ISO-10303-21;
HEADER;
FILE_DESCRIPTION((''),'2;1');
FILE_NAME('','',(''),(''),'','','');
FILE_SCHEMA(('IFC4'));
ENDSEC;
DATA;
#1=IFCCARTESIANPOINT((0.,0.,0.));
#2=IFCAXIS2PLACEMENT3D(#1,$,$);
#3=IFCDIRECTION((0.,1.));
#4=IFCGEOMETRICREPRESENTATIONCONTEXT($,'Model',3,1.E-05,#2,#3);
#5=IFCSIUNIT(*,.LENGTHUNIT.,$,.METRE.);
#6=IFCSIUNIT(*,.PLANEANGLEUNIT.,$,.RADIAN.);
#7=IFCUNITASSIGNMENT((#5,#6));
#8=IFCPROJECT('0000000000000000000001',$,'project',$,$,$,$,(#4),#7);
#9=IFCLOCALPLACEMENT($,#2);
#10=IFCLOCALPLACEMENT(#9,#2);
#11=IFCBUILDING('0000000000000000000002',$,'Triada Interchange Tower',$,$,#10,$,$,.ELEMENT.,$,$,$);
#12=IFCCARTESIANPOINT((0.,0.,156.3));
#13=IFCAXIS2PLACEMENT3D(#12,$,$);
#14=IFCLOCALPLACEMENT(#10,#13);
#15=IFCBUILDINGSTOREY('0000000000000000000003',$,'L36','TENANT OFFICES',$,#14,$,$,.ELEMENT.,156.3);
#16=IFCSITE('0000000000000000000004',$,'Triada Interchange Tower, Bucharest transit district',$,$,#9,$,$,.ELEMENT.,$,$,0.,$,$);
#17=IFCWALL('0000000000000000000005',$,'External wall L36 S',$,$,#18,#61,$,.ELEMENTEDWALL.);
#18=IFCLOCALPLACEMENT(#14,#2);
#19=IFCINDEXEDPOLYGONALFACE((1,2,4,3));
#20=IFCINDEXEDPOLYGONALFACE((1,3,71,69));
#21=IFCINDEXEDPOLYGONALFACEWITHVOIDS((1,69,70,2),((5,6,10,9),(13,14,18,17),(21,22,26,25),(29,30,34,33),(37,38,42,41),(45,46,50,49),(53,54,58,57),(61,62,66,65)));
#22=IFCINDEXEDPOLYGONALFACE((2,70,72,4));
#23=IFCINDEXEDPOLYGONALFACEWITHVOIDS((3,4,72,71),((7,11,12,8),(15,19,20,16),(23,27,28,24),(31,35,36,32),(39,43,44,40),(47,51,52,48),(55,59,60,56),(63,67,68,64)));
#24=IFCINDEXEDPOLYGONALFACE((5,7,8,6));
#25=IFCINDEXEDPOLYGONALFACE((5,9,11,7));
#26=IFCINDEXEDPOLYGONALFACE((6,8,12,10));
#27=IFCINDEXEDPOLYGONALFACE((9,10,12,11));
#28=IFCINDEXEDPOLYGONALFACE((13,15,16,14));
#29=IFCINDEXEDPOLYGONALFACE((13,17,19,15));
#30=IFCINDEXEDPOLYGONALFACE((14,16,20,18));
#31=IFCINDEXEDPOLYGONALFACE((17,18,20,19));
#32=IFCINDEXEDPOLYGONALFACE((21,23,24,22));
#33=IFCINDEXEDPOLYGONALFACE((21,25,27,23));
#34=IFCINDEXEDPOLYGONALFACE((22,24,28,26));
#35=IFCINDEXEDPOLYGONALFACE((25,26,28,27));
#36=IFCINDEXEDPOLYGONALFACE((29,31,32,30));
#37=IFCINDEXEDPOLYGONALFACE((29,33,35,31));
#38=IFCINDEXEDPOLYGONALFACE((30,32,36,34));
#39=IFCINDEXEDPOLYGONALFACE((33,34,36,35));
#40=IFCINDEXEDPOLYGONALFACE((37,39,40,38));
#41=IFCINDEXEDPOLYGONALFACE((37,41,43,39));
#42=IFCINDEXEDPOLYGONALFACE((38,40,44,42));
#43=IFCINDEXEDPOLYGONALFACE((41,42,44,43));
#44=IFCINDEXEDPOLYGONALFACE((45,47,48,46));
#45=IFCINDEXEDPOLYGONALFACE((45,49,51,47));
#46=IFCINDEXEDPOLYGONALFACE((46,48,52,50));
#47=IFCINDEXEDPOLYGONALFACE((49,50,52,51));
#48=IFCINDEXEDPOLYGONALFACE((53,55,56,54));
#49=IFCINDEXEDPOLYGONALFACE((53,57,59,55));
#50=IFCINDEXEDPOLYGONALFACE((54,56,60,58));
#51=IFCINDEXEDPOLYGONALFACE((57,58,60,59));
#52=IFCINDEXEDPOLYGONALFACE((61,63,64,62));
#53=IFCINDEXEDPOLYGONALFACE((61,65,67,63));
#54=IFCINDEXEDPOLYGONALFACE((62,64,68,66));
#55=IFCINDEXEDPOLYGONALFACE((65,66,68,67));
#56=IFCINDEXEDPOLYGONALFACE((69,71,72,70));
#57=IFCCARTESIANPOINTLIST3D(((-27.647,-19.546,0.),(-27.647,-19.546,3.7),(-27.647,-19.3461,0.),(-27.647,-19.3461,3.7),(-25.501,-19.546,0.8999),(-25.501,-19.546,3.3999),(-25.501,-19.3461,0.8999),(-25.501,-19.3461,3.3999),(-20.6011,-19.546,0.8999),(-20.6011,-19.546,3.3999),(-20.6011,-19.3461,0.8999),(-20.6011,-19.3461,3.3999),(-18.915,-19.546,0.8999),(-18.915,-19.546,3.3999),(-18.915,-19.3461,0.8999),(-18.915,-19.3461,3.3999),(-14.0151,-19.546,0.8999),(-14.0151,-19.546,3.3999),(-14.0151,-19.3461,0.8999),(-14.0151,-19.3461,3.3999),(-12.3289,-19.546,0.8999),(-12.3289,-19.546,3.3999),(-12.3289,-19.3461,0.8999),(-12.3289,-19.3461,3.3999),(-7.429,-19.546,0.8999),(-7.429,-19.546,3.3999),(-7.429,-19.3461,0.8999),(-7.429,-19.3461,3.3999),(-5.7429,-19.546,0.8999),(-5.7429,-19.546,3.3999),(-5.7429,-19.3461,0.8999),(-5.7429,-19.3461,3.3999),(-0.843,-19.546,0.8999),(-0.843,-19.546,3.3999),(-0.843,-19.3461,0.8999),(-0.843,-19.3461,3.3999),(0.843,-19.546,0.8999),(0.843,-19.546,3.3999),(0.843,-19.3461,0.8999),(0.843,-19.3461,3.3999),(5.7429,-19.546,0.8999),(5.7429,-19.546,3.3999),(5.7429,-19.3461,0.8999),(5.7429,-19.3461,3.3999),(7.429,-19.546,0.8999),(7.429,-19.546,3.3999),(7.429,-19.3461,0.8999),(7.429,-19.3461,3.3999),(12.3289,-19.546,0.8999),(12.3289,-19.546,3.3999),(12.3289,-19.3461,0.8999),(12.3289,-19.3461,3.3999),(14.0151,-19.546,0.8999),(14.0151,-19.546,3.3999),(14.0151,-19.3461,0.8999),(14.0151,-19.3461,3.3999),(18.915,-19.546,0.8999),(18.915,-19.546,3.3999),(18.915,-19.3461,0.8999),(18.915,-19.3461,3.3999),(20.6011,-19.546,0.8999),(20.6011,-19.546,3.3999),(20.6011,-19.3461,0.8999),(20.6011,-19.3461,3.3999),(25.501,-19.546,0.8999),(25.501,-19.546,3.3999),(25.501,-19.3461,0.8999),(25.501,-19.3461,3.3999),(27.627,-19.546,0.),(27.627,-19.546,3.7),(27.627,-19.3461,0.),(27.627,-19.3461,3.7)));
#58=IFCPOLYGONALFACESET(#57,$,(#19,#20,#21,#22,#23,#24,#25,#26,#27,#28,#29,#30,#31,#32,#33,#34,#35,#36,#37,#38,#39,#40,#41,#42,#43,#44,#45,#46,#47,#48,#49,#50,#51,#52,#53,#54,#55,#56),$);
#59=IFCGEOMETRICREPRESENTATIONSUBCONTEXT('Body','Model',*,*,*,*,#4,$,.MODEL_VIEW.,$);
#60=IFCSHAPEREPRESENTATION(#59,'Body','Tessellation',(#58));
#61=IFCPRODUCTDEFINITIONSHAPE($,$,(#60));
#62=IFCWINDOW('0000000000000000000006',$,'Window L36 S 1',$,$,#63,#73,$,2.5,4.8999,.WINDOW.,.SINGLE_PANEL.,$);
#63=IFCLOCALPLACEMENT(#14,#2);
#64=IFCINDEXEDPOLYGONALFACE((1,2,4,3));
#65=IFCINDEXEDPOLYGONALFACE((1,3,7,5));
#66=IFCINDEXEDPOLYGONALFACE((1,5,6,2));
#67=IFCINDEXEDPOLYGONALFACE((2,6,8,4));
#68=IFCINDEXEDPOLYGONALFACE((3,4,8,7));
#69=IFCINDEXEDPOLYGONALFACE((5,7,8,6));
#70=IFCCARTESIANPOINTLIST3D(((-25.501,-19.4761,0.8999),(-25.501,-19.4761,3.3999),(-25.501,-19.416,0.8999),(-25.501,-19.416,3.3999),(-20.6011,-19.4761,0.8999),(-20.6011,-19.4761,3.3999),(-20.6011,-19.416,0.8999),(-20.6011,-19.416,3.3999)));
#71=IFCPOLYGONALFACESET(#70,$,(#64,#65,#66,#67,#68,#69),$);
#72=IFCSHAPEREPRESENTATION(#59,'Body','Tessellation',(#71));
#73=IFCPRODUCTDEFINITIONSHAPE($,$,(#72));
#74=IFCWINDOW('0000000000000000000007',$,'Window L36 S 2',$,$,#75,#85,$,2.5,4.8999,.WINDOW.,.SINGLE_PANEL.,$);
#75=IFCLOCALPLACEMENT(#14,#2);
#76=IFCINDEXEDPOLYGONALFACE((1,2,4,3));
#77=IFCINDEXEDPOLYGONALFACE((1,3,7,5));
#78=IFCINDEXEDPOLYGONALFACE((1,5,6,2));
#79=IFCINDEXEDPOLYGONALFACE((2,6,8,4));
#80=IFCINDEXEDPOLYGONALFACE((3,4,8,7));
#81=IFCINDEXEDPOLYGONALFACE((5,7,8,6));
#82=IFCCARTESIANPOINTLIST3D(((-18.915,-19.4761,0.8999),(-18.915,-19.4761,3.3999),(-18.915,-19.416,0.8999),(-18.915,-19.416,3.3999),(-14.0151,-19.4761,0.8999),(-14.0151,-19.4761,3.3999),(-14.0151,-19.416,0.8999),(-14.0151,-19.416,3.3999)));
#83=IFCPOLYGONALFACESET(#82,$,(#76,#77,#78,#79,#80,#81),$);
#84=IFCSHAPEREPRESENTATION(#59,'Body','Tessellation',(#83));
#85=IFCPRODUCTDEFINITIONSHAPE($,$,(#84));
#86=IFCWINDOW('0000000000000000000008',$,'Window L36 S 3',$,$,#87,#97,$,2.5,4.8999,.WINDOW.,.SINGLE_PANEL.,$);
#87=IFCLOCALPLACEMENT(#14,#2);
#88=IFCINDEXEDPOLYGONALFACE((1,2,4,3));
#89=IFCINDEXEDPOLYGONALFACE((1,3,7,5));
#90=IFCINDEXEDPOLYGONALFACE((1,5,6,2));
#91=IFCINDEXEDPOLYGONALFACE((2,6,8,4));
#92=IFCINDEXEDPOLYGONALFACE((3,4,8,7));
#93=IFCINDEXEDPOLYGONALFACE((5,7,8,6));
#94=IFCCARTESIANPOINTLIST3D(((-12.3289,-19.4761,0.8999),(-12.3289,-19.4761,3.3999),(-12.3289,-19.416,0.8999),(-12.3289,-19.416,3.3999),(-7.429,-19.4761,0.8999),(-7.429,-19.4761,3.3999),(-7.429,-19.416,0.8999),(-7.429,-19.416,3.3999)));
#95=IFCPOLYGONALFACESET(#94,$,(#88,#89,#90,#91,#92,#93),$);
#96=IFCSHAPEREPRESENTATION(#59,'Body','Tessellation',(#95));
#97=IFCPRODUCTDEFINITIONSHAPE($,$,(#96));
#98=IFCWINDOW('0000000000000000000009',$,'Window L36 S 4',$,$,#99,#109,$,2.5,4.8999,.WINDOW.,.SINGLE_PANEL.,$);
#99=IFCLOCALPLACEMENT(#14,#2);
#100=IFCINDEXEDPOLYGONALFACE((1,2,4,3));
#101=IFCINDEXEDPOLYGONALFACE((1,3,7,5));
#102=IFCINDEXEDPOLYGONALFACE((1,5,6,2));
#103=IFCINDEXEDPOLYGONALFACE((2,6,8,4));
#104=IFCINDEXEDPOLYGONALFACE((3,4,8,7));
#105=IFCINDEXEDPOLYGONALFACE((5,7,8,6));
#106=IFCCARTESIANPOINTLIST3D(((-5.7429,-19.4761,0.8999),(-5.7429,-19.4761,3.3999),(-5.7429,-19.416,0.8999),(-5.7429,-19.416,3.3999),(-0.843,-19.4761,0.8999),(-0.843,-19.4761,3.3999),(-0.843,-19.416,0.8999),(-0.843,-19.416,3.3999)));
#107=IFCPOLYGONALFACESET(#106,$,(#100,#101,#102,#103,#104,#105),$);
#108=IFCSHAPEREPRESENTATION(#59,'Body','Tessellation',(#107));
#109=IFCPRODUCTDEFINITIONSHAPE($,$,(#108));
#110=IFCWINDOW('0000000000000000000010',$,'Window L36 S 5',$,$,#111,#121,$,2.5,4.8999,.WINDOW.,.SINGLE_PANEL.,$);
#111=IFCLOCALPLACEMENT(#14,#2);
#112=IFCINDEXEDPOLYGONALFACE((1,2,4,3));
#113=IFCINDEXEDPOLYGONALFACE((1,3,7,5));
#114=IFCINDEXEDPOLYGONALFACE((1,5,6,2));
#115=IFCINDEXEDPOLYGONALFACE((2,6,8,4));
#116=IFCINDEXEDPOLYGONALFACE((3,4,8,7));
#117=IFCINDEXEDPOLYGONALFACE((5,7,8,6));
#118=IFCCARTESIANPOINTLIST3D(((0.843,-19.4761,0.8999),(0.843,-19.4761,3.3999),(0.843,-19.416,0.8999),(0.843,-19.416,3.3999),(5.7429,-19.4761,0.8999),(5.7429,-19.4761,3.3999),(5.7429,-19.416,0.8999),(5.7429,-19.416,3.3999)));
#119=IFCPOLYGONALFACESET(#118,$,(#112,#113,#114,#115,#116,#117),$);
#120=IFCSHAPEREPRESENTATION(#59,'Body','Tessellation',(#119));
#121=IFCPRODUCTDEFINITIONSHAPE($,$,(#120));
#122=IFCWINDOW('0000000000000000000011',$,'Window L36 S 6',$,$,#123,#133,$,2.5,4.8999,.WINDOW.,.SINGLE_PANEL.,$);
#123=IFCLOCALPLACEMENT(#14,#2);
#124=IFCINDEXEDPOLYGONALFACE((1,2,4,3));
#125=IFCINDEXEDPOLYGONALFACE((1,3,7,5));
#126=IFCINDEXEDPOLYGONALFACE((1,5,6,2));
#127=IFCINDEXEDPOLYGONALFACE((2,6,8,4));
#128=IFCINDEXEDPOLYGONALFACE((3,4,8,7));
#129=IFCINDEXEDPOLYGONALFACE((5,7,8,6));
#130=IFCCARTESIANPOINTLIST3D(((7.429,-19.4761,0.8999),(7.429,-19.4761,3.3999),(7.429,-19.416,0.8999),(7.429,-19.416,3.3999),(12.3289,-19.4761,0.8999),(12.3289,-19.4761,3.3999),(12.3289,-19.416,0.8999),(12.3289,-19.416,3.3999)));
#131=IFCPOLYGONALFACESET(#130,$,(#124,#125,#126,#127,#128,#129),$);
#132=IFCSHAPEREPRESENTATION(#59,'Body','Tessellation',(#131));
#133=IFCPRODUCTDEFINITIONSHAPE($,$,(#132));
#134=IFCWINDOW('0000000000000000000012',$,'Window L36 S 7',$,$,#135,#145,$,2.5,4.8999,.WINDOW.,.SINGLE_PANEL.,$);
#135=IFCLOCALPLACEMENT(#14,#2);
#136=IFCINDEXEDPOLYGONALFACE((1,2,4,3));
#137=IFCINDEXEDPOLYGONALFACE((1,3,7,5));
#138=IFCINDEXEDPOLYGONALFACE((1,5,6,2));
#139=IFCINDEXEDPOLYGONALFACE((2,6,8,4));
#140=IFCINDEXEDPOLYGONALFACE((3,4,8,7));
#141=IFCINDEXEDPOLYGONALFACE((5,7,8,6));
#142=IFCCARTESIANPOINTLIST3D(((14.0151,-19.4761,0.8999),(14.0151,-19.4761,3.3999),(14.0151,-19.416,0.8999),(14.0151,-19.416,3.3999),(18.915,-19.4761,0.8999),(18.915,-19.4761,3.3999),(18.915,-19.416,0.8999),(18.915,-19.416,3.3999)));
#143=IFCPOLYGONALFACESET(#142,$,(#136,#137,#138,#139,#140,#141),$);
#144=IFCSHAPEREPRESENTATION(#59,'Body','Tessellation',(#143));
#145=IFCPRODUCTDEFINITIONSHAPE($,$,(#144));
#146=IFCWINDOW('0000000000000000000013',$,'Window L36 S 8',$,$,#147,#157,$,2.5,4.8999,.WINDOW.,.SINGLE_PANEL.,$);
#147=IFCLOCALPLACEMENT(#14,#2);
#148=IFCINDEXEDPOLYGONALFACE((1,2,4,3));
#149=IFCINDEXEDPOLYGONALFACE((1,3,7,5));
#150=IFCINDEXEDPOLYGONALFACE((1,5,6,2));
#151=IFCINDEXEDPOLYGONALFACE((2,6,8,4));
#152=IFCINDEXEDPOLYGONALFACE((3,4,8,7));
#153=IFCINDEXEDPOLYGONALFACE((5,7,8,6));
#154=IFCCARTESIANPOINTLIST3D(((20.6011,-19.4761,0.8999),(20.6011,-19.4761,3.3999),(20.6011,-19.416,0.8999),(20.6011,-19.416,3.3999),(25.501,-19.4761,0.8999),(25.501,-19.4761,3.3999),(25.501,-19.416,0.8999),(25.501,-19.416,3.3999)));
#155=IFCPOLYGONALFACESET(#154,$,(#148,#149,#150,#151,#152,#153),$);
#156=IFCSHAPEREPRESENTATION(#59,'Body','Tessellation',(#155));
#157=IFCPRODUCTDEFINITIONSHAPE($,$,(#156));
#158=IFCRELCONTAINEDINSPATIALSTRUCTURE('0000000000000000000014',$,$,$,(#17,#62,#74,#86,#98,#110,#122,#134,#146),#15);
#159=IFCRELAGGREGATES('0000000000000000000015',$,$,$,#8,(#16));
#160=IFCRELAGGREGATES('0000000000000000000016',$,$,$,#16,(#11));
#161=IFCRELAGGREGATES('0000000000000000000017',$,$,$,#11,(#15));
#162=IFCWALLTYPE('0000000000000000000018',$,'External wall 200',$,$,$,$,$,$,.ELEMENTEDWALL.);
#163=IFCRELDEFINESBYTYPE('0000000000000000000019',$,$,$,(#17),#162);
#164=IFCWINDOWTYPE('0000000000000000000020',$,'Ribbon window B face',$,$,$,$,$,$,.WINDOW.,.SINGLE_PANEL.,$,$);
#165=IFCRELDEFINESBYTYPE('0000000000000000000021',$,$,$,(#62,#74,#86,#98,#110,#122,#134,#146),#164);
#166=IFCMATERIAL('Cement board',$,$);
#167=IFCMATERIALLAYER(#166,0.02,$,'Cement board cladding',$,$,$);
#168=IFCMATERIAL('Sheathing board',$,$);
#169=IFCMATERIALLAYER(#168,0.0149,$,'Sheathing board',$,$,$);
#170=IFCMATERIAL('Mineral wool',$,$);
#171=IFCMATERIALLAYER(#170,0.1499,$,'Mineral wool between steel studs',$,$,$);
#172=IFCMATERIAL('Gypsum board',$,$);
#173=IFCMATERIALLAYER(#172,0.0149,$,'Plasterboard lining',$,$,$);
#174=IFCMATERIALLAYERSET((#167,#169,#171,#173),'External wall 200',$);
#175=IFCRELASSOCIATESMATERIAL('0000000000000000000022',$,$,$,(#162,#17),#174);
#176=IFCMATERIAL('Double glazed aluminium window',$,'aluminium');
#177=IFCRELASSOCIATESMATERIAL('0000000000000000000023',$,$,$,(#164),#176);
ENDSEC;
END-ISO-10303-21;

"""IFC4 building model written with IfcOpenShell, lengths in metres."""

from ifc_helpers import new_model, si_unit, direction, frame, frame_2d, origin, place, context, subcontext, project, spatial, rectangle, extrude, material, layer, layer_set, layer_usage, type_object, element, fill, save


model = new_model("IFC4")

# Units and contexts
model_context = context("Model", 3, precision=1e-05, world=origin(), true_north=direction((0.0, 1.0)))
body_context = subcontext(model_context, "Body", "Model", "MODEL_VIEW")
ifc_project = project(units=[si_unit("LENGTHUNIT", "METRE"), si_unit("PLANEANGLEUNIT", "RADIAN")], contexts=[model_context])

# Site, building, storey
site_placement = place(None, origin())
site = spatial("IfcSite", under=ifc_project, at=site_placement, Name="Triada Interchange Tower, Bucharest transit district", CompositionType="ELEMENT", RefElevation=0.0)
building_placement = place(site_placement, origin())
building = spatial("IfcBuilding", under=site, at=building_placement, Name="Triada Interchange Tower", CompositionType="ELEMENT")
storey_placement = place(building_placement, frame((0.0, 0.0, 156.3)))
storey = spatial("IfcBuildingStorey", under=building, at=storey_placement, Name="L36", Description="TENANT OFFICES", CompositionType="ELEMENT", Elevation=156.3)

# Shared definitions
ifc_material_1 = material(Name="Cement board")
ifc_layer_1 = layer(ifc_material_1, 0.02, Name="Cement board cladding")
ifc_material_2 = material(Name="Sheathing board")
ifc_layer_2 = layer(ifc_material_2, 0.0149, Name="Sheathing board")
ifc_material_3 = material(Name="Mineral wool")
ifc_layer_3 = layer(ifc_material_3, 0.1499, Name="Mineral wool between steel studs")
ifc_material_4 = material(Name="Gypsum board")
ifc_layer_4 = layer(ifc_material_4, 0.0149, Name="Plasterboard lining")
ifc_layer_set_1 = layer_set([ifc_layer_1, ifc_layer_2, ifc_layer_3, ifc_layer_4], Name="External wall 200")
ifc_layer_usage = layer_usage(ifc_layer_set_1, "AXIS2", "POSITIVE", -0.1001)
wall_type_1 = type_object("IfcWallType", Name="External wall 200", PredefinedType="ELEMENTEDWALL", material=ifc_layer_set_1)
ifc_material_5 = material(Name="Double glazed aluminium window", Category="aluminium")

# Wall, openings, windows
wall_1_placement = place(storey_placement, frame((-27.647, -19.446, 0.0), z_axis=(0.0, 0.0, 1.0), x_axis=(1.0, 0.0, 0.0)))
wall_1 = element("IfcWall", 1, at=wall_1_placement, inside=storey, type_object=wall_type_1, material=ifc_layer_usage, Name="External wall L36 S", PredefinedType="ELEMENTEDWALL", context=body_context, shape_type="SweptSolid", body=[
    extrude(rectangle(XDim=55.2739, YDim=0.2, at=frame_2d((27.637, 0.0))), origin(), (0.0, 0.0, 1.0), 3.7),
])
opening_1_placement = place(wall_1_placement, frame((2.146, 0.0, 0.8999)))
opening_1 = element("IfcOpeningElement", 2, at=opening_1_placement, cuts=wall_1, PredefinedType="OPENING", context=body_context, shape_type="SweptSolid", body=[
    extrude(rectangle(XDim=4.8999, YDim=2.5, at=frame_2d((2.45, 1.25))), frame((0.0, 0.1099, 0.0), z_axis=(0.0, -1.0, 0.0), x_axis=(1.0, 0.0, 0.0)), (0.0, 0.0, 1.0), 0.22),
])
opening_2_placement = place(wall_1_placement, frame((8.7319, 0.0, 0.8999)))
opening_2 = element("IfcOpeningElement", 3, at=opening_2_placement, cuts=wall_1, PredefinedType="OPENING", context=body_context, shape_type="SweptSolid", body=[
    extrude(rectangle(XDim=4.8999, YDim=2.5, at=frame_2d((2.45, 1.25))), frame((0.0, 0.1099, 0.0), z_axis=(0.0, -1.0, 0.0), x_axis=(1.0, 0.0, 0.0)), (0.0, 0.0, 1.0), 0.22),
])
opening_3_placement = place(wall_1_placement, frame((15.3181, 0.0, 0.8999)))
opening_3 = element("IfcOpeningElement", 4, at=opening_3_placement, cuts=wall_1, PredefinedType="OPENING", context=body_context, shape_type="SweptSolid", body=[
    extrude(rectangle(XDim=4.8999, YDim=2.5, at=frame_2d((2.45, 1.25))), frame((0.0, 0.1099, 0.0), z_axis=(0.0, -1.0, 0.0), x_axis=(1.0, 0.0, 0.0)), (0.0, 0.0, 1.0), 0.22),
])
opening_4_placement = place(wall_1_placement, frame((21.9041, 0.0, 0.8999)))
opening_4 = element("IfcOpeningElement", 5, at=opening_4_placement, cuts=wall_1, PredefinedType="OPENING", context=body_context, shape_type="SweptSolid", body=[
    extrude(rectangle(XDim=4.8999, YDim=2.5, at=frame_2d((2.45, 1.25))), frame((0.0, 0.1099, 0.0), z_axis=(0.0, -1.0, 0.0), x_axis=(1.0, 0.0, 0.0)), (0.0, 0.0, 1.0), 0.22),
])
opening_5_placement = place(wall_1_placement, frame((28.49, 0.0, 0.8999)))
opening_5 = element("IfcOpeningElement", 6, at=opening_5_placement, cuts=wall_1, PredefinedType="OPENING", context=body_context, shape_type="SweptSolid", body=[
    extrude(rectangle(XDim=4.8999, YDim=2.5, at=frame_2d((2.45, 1.25))), frame((0.0, 0.1099, 0.0), z_axis=(0.0, -1.0, 0.0), x_axis=(1.0, 0.0, 0.0)), (0.0, 0.0, 1.0), 0.22),
])
opening_6_placement = place(wall_1_placement, frame((35.0759, 0.0, 0.8999)))
opening_6 = element("IfcOpeningElement", 7, at=opening_6_placement, cuts=wall_1, PredefinedType="OPENING", context=body_context, shape_type="SweptSolid", body=[
    extrude(rectangle(XDim=4.8999, YDim=2.5, at=frame_2d((2.45, 1.25))), frame((0.0, 0.1099, 0.0), z_axis=(0.0, -1.0, 0.0), x_axis=(1.0, 0.0, 0.0)), (0.0, 0.0, 1.0), 0.22),
])
opening_7_placement = place(wall_1_placement, frame((41.6621, 0.0, 0.8999)))
opening_7 = element("IfcOpeningElement", 8, at=opening_7_placement, cuts=wall_1, PredefinedType="OPENING", context=body_context, shape_type="SweptSolid", body=[
    extrude(rectangle(XDim=4.8999, YDim=2.5, at=frame_2d((2.45, 1.25))), frame((0.0, 0.1099, 0.0), z_axis=(0.0, -1.0, 0.0), x_axis=(1.0, 0.0, 0.0)), (0.0, 0.0, 1.0), 0.22),
])
opening_8_placement = place(wall_1_placement, frame((48.248, 0.0, 0.8999)))
opening_8 = element("IfcOpeningElement", 9, at=opening_8_placement, cuts=wall_1, PredefinedType="OPENING", context=body_context, shape_type="SweptSolid", body=[
    extrude(rectangle(XDim=4.8999, YDim=2.5, at=frame_2d((2.45, 1.25))), frame((0.0, 0.1099, 0.0), z_axis=(0.0, -1.0, 0.0), x_axis=(1.0, 0.0, 0.0)), (0.0, 0.0, 1.0), 0.22),
])
window_type_1 = type_object("IfcWindowType", Name="Ribbon window B face", PartitioningType="SINGLE_PANEL", PredefinedType="WINDOW", material=ifc_material_5)
window_1_placement = place(opening_1_placement, origin())
window_1 = element("IfcWindow", 10, at=window_1_placement, inside=storey, type_object=window_type_1, Name="Window L36 S 1", OverallHeight=2.5, OverallWidth=4.8999, PartitioningType="SINGLE_PANEL", PredefinedType="WINDOW", context=body_context, shape_type="SweptSolid", body=[
    extrude(rectangle(XDim=4.8999, YDim=2.5, at=frame_2d((2.45, 1.25))), frame((0.0, 0.03, 0.0), z_axis=(0.0, -1.0, 0.0), x_axis=(1.0, 0.0, 0.0)), (0.0, 0.0, 1.0), 0.0601),
])
fill(opening_1, window_1)
window_2_placement = place(opening_2_placement, origin())
window_2 = element("IfcWindow", 11, at=window_2_placement, inside=storey, type_object=window_type_1, Name="Window L36 S 2", OverallHeight=2.5, OverallWidth=4.8999, PartitioningType="SINGLE_PANEL", PredefinedType="WINDOW", context=body_context, shape_type="SweptSolid", body=[
    extrude(rectangle(XDim=4.8999, YDim=2.5, at=frame_2d((2.45, 1.25))), frame((0.0, 0.03, 0.0), z_axis=(0.0, -1.0, 0.0), x_axis=(1.0, 0.0, 0.0)), (0.0, 0.0, 1.0), 0.0601),
])
fill(opening_2, window_2)
window_3_placement = place(opening_3_placement, origin())
window_3 = element("IfcWindow", 12, at=window_3_placement, inside=storey, type_object=window_type_1, Name="Window L36 S 3", OverallHeight=2.5, OverallWidth=4.8999, PartitioningType="SINGLE_PANEL", PredefinedType="WINDOW", context=body_context, shape_type="SweptSolid", body=[
    extrude(rectangle(XDim=4.8999, YDim=2.5, at=frame_2d((2.45, 1.25))), frame((0.0, 0.03, 0.0), z_axis=(0.0, -1.0, 0.0), x_axis=(1.0, 0.0, 0.0)), (0.0, 0.0, 1.0), 0.0601),
])
fill(opening_3, window_3)
window_4_placement = place(opening_4_placement, origin())
window_4 = element("IfcWindow", 13, at=window_4_placement, inside=storey, type_object=window_type_1, Name="Window L36 S 4", OverallHeight=2.5, OverallWidth=4.8999, PartitioningType="SINGLE_PANEL", PredefinedType="WINDOW", context=body_context, shape_type="SweptSolid", body=[
    extrude(rectangle(XDim=4.8999, YDim=2.5, at=frame_2d((2.45, 1.25))), frame((0.0, 0.03, 0.0), z_axis=(0.0, -1.0, 0.0), x_axis=(1.0, 0.0, 0.0)), (0.0, 0.0, 1.0), 0.0601),
])
fill(opening_4, window_4)
window_5_placement = place(opening_5_placement, origin())
window_5 = element("IfcWindow", 14, at=window_5_placement, inside=storey, type_object=window_type_1, Name="Window L36 S 5", OverallHeight=2.5, OverallWidth=4.8999, PartitioningType="SINGLE_PANEL", PredefinedType="WINDOW", context=body_context, shape_type="SweptSolid", body=[
    extrude(rectangle(XDim=4.8999, YDim=2.5, at=frame_2d((2.45, 1.25))), frame((0.0, 0.03, 0.0), z_axis=(0.0, -1.0, 0.0), x_axis=(1.0, 0.0, 0.0)), (0.0, 0.0, 1.0), 0.0601),
])
fill(opening_5, window_5)
window_6_placement = place(opening_6_placement, origin())
window_6 = element("IfcWindow", 15, at=window_6_placement, inside=storey, type_object=window_type_1, Name="Window L36 S 6", OverallHeight=2.5, OverallWidth=4.8999, PartitioningType="SINGLE_PANEL", PredefinedType="WINDOW", context=body_context, shape_type="SweptSolid", body=[
    extrude(rectangle(XDim=4.8999, YDim=2.5, at=frame_2d((2.45, 1.25))), frame((0.0, 0.03, 0.0), z_axis=(0.0, -1.0, 0.0), x_axis=(1.0, 0.0, 0.0)), (0.0, 0.0, 1.0), 0.0601),
])
fill(opening_6, window_6)
window_7_placement = place(opening_7_placement, origin())
window_7 = element("IfcWindow", 16, at=window_7_placement, inside=storey, type_object=window_type_1, Name="Window L36 S 7", OverallHeight=2.5, OverallWidth=4.8999, PartitioningType="SINGLE_PANEL", PredefinedType="WINDOW", context=body_context, shape_type="SweptSolid", body=[
    extrude(rectangle(XDim=4.8999, YDim=2.5, at=frame_2d((2.45, 1.25))), frame((0.0, 0.03, 0.0), z_axis=(0.0, -1.0, 0.0), x_axis=(1.0, 0.0, 0.0)), (0.0, 0.0, 1.0), 0.0601),
])
fill(opening_7, window_7)
window_8_placement = place(opening_8_placement, origin())
window_8 = element("IfcWindow", 17, at=window_8_placement, inside=storey, type_object=window_type_1, Name="Window L36 S 8", OverallHeight=2.5, OverallWidth=4.8999, PartitioningType="SINGLE_PANEL", PredefinedType="WINDOW", context=body_context, shape_type="SweptSolid", body=[
    extrude(rectangle(XDim=4.8999, YDim=2.5, at=frame_2d((2.45, 1.25))), frame((0.0, 0.03, 0.0), z_axis=(0.0, -1.0, 0.0), x_axis=(1.0, 0.0, 0.0)), (0.0, 0.0, 1.0), 0.0601),
])
fill(opening_8, window_8)

save(model, "model.ifc")
